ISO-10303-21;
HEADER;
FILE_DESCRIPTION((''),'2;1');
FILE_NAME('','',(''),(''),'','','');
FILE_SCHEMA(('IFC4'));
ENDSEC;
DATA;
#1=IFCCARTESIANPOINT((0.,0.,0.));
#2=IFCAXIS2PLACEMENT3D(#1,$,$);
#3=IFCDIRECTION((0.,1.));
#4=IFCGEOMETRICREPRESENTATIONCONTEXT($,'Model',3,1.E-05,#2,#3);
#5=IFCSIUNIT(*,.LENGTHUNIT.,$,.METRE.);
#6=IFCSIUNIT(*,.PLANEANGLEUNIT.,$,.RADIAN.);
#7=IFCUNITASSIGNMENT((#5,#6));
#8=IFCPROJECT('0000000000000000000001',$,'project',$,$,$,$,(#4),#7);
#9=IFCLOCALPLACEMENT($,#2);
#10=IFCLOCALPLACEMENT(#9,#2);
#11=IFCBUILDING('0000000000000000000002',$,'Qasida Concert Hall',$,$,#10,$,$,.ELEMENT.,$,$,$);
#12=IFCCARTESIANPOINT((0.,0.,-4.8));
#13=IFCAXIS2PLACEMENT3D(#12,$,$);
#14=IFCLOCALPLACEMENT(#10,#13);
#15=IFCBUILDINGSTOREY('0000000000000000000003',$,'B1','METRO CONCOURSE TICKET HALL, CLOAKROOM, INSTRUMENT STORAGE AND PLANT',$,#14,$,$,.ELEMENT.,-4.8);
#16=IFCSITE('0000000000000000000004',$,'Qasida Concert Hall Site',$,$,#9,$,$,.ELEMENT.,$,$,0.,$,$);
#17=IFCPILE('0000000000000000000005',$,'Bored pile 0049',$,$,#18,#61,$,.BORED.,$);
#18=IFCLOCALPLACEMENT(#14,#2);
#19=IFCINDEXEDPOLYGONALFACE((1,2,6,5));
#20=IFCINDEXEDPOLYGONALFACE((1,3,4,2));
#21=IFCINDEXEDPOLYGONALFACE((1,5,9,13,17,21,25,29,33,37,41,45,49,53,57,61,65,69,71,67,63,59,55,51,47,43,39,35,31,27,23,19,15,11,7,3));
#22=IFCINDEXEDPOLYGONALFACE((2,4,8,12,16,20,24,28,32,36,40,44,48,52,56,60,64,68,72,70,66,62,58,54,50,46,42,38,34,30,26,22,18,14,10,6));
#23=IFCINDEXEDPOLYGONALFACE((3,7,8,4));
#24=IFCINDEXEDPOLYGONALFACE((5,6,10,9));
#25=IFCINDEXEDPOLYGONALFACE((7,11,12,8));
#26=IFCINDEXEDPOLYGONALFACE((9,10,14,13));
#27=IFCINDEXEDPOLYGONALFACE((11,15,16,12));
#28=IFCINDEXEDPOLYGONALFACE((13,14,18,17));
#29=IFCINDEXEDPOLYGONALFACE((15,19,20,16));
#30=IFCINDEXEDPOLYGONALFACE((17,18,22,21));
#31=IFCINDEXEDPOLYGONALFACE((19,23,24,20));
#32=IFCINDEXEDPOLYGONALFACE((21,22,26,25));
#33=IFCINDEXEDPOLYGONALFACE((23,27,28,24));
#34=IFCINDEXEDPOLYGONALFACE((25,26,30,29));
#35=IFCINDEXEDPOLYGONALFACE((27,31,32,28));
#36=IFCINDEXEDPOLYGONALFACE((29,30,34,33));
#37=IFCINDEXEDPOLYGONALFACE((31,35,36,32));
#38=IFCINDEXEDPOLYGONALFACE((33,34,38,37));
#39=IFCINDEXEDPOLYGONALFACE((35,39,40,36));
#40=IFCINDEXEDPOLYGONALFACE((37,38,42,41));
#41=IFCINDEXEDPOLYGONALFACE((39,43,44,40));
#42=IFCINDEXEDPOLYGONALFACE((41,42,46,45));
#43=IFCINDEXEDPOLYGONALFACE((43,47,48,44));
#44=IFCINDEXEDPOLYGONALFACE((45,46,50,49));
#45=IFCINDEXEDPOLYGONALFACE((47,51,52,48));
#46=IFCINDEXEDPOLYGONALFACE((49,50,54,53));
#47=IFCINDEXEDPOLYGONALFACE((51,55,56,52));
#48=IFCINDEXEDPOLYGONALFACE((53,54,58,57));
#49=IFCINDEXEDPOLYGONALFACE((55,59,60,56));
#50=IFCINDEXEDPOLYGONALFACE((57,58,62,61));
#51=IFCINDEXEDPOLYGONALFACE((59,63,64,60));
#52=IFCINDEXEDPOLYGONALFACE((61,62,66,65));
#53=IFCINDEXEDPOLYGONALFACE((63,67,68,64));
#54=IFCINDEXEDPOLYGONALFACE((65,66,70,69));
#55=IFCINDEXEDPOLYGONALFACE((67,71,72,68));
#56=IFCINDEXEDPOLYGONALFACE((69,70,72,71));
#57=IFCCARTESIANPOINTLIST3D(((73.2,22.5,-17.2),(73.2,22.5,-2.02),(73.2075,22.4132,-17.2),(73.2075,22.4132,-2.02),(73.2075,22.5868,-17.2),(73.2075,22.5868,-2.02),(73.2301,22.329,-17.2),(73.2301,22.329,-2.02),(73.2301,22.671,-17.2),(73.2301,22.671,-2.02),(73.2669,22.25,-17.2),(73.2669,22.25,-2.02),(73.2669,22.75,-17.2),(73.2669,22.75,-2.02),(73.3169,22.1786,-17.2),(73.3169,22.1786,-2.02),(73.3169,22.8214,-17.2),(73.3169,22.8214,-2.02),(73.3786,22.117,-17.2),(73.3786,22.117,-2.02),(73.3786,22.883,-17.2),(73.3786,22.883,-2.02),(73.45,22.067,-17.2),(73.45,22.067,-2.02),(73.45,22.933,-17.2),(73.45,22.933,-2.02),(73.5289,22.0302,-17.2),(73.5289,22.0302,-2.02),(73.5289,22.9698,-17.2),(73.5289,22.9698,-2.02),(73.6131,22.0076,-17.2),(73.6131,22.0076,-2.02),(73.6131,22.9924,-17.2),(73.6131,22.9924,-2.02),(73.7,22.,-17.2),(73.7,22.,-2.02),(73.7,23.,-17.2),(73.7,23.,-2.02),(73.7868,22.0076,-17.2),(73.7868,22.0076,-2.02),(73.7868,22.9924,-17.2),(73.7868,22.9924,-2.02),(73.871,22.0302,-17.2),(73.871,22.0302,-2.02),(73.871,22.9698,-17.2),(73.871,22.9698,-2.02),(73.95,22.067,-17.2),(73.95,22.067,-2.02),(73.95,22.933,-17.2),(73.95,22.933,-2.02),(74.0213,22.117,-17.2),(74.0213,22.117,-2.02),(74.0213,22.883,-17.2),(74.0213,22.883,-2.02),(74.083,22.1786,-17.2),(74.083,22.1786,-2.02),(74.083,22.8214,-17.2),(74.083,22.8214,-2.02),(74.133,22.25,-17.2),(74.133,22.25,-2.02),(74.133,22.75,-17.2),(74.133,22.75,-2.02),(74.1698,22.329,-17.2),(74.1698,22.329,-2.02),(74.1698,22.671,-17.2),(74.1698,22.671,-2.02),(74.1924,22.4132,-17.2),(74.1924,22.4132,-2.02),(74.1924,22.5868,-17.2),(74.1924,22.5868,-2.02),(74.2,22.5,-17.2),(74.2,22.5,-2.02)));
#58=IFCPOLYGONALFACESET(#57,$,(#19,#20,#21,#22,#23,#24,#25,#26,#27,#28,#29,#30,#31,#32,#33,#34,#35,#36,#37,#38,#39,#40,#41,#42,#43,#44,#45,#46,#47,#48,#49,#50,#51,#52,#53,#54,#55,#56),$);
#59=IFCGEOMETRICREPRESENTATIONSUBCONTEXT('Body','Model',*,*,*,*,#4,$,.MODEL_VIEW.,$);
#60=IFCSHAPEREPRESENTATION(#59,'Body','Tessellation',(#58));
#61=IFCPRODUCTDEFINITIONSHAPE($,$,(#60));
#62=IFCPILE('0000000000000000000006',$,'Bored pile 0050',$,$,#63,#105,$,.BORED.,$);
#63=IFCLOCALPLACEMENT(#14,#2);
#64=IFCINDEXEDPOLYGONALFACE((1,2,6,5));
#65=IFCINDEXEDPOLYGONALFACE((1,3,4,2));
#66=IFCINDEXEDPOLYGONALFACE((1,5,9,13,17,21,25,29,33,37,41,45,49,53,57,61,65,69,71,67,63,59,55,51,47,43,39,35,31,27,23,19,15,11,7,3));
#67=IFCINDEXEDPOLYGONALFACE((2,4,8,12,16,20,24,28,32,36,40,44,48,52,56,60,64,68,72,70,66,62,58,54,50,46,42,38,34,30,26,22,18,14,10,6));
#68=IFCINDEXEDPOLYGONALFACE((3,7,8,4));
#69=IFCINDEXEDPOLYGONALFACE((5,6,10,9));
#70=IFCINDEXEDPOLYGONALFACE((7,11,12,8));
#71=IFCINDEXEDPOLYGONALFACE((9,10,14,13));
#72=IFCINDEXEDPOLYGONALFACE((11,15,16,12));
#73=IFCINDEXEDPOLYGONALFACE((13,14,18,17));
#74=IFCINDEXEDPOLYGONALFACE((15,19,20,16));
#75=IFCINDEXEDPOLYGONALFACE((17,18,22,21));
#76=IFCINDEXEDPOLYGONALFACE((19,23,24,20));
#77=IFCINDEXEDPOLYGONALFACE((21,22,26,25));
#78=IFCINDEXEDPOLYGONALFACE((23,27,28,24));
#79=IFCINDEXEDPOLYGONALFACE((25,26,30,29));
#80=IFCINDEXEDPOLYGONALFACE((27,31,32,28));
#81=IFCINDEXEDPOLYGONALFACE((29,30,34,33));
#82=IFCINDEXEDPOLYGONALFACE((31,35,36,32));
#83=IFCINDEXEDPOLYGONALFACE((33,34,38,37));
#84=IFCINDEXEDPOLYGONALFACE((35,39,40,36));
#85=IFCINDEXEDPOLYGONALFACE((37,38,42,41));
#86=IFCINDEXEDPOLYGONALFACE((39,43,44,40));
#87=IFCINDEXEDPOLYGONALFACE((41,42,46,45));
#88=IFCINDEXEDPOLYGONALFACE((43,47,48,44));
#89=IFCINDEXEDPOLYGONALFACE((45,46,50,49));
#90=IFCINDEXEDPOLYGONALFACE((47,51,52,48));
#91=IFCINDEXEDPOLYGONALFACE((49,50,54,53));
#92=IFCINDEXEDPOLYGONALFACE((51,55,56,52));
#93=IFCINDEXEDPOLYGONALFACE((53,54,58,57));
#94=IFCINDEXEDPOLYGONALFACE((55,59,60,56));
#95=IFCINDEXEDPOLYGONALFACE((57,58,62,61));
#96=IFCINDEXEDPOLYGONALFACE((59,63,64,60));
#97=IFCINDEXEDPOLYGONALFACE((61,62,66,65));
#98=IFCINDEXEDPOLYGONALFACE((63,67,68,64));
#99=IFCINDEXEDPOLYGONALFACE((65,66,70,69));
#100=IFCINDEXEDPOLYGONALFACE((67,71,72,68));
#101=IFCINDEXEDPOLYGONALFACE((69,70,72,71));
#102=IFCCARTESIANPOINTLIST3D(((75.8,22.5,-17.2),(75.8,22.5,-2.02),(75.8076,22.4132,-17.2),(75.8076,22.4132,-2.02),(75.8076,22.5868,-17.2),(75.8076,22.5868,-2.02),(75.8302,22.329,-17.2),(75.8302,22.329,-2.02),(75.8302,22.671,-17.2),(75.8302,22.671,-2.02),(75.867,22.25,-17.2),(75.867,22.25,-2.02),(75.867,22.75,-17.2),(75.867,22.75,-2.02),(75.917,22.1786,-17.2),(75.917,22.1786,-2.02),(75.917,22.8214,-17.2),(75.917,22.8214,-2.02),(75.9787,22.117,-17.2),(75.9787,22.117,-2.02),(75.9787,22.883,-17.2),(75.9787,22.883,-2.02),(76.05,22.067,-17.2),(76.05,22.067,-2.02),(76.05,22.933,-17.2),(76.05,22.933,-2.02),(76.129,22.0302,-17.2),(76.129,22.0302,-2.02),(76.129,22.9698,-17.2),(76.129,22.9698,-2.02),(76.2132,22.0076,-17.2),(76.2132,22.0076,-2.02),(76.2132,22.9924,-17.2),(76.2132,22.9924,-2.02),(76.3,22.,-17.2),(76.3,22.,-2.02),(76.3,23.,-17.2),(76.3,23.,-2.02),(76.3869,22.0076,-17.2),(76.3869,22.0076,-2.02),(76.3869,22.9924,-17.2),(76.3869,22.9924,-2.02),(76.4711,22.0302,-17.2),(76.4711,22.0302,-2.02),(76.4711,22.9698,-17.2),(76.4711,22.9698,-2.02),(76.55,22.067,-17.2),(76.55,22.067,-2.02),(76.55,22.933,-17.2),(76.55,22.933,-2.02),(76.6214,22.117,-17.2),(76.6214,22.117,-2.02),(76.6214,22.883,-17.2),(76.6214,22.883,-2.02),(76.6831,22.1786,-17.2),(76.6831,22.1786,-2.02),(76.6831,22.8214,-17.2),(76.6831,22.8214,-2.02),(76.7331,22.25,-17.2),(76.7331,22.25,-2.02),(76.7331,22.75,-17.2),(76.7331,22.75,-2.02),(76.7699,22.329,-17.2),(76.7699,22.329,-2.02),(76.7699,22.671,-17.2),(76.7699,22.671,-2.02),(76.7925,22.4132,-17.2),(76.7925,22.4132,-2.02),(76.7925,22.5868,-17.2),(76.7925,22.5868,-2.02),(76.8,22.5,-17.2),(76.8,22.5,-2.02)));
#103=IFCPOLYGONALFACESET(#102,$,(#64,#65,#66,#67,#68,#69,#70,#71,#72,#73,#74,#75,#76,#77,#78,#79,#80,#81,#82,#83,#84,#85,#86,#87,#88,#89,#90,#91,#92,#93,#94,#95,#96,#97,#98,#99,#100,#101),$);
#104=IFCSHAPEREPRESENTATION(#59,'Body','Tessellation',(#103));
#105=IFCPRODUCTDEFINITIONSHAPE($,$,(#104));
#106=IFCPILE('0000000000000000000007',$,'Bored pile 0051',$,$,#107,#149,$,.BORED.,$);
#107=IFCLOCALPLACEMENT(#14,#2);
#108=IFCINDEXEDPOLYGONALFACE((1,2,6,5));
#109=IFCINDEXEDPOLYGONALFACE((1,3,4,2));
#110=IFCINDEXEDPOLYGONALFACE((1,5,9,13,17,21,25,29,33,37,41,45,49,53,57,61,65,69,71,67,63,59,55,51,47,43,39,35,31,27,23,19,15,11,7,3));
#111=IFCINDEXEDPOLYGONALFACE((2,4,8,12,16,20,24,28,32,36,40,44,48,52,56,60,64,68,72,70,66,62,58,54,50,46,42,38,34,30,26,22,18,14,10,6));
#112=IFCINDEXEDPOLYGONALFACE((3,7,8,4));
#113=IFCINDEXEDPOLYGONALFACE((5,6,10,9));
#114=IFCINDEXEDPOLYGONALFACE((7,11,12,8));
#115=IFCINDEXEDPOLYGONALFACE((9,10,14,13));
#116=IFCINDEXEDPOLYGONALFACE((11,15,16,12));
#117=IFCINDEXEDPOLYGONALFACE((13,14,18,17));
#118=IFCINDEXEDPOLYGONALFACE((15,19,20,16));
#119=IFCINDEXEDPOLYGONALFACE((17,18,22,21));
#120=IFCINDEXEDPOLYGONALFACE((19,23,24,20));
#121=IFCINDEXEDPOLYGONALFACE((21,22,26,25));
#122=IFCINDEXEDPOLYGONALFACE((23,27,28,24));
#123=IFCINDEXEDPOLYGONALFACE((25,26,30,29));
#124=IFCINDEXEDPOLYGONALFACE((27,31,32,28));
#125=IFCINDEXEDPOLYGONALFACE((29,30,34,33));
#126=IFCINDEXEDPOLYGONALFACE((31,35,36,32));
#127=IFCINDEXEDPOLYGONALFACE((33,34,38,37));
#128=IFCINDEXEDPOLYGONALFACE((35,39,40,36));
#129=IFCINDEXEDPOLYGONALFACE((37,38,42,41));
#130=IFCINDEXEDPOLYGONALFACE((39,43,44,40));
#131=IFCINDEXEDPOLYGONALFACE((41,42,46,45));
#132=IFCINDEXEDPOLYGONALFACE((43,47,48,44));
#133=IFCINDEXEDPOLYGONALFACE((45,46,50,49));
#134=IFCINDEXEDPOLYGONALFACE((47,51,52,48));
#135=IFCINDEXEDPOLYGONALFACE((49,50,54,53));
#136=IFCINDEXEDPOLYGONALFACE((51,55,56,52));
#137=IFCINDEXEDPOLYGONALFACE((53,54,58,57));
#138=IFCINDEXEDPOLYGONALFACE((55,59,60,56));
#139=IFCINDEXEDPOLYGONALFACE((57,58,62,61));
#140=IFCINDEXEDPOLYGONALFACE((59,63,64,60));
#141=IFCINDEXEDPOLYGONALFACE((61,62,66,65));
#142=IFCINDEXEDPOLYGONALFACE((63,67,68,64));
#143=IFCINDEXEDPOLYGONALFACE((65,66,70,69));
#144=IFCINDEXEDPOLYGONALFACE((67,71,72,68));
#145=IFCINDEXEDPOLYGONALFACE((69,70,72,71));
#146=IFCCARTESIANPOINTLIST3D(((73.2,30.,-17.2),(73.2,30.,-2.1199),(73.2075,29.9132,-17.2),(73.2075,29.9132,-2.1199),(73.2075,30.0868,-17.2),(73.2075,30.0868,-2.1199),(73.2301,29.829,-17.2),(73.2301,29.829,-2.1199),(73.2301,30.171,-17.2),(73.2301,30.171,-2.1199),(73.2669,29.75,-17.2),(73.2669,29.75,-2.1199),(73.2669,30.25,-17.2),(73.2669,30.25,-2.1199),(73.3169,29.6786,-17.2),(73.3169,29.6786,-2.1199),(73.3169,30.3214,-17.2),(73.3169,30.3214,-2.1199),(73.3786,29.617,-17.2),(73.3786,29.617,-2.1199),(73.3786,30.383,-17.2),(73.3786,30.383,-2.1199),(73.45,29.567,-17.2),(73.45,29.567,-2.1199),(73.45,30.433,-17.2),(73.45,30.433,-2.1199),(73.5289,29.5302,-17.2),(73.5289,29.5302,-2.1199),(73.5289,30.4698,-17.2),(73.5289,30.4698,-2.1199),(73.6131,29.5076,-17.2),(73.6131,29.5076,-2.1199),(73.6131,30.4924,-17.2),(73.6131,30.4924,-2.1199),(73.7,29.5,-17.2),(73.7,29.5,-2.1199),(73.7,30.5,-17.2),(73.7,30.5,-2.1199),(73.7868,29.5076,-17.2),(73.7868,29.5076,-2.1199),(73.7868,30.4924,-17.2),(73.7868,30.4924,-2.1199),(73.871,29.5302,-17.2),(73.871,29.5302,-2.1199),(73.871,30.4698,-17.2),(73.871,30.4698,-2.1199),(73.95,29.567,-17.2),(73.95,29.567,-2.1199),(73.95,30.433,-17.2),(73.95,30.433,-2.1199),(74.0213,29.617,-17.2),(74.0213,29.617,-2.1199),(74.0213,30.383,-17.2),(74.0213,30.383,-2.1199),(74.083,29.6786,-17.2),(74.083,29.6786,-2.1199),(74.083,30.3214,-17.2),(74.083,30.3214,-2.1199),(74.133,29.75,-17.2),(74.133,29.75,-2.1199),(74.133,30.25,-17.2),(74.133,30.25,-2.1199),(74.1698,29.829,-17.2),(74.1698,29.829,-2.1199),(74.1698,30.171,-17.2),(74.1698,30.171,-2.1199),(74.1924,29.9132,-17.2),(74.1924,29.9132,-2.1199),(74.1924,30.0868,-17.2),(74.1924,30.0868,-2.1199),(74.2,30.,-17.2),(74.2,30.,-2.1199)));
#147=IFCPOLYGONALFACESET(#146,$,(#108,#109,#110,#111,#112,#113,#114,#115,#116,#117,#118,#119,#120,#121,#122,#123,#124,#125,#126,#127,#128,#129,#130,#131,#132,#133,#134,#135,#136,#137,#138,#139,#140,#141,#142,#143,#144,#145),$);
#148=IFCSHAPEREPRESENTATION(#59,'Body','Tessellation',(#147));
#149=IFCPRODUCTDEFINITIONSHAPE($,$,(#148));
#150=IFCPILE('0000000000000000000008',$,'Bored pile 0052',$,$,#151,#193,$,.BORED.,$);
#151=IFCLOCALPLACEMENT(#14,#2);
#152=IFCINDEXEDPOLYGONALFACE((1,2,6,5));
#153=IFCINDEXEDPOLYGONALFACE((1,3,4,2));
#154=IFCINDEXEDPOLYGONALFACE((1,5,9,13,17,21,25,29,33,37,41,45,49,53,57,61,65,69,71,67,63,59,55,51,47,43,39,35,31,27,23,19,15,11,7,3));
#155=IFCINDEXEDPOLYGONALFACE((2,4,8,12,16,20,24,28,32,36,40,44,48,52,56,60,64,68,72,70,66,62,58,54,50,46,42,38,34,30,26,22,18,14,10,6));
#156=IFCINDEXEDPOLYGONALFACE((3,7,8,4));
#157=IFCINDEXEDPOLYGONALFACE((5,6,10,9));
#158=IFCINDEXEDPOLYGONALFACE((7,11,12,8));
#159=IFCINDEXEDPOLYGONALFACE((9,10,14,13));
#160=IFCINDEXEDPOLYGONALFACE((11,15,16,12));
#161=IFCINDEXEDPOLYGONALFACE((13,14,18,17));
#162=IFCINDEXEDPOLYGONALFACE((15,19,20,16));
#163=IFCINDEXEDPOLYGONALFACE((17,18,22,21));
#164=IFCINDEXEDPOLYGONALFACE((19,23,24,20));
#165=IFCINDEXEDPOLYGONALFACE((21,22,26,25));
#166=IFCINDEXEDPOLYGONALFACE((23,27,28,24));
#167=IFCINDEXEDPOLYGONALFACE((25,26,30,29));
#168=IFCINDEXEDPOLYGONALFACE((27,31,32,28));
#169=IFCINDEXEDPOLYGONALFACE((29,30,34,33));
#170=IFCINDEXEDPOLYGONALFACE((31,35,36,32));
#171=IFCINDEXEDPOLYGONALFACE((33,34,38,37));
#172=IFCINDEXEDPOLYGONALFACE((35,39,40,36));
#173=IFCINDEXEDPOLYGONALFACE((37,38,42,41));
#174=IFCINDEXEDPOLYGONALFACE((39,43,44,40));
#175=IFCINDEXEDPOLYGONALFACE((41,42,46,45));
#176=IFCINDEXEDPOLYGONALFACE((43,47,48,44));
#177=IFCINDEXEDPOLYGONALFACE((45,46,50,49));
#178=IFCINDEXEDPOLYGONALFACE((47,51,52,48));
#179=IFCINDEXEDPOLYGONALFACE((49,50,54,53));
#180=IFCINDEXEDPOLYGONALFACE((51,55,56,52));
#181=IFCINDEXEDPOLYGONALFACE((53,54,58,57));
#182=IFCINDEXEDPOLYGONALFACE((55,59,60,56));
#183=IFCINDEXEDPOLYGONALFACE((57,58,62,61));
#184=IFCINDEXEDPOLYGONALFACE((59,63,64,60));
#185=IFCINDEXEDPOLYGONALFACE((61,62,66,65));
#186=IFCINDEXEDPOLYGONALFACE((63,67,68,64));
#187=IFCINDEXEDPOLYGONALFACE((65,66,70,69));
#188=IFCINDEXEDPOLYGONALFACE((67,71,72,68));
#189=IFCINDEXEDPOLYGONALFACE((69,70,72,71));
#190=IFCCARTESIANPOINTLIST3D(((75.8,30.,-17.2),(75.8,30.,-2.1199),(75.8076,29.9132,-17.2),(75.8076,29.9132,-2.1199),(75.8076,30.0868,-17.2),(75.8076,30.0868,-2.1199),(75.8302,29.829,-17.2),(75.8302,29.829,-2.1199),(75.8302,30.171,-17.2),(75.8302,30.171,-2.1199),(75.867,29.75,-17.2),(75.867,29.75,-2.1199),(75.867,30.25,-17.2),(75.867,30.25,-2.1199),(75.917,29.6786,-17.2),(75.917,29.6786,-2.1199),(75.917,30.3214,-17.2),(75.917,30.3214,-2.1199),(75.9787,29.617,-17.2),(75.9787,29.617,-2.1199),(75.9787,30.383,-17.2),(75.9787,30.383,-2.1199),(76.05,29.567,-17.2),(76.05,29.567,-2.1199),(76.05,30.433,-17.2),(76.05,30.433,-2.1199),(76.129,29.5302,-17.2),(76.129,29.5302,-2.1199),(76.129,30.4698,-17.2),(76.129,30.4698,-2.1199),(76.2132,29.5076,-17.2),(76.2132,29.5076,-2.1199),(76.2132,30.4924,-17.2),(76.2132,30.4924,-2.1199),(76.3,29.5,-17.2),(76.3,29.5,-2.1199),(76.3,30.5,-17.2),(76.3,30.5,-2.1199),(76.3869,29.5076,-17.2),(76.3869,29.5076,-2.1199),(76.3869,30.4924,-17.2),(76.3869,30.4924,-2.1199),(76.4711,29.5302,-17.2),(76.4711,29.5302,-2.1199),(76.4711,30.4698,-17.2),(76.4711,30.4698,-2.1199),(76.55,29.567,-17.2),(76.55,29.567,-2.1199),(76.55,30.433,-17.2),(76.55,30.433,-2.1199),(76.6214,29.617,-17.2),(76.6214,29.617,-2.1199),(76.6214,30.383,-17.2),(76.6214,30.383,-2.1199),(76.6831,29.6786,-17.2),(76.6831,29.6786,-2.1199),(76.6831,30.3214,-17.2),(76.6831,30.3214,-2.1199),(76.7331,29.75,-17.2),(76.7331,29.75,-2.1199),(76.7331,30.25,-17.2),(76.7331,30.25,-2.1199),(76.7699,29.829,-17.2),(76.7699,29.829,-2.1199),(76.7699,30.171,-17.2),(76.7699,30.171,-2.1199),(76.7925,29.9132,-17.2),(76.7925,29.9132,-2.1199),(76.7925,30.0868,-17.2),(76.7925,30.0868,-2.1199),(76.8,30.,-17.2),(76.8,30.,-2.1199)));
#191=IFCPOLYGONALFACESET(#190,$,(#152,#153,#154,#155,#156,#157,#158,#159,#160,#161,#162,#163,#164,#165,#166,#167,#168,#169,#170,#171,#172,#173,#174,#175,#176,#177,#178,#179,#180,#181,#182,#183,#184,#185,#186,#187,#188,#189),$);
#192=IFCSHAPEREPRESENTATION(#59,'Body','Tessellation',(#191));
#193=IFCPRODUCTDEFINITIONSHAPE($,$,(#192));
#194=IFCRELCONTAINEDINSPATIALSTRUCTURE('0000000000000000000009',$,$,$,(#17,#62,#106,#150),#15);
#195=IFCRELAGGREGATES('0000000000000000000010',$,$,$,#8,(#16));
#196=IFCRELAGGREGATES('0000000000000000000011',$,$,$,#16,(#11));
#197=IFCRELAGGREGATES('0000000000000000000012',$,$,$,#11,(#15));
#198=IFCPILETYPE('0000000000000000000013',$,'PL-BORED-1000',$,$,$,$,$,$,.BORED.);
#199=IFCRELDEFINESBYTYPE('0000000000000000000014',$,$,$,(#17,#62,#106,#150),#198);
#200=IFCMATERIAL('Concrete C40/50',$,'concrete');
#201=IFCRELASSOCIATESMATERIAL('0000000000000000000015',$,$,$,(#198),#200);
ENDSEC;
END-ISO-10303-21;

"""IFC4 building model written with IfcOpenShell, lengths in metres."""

from ifc_helpers import new_model, si_unit, direction, frame, origin, origin_2d, place, context, subcontext, project, spatial, circle, extrude, material, material_profile, profile_set, type_object, element, save


model = new_model("IFC4")

# Units and contexts
model_context = context("Model", 3, precision=1e-05, world=origin(), true_north=direction((0.0, 1.0)))
body_context = subcontext(model_context, "Body", "Model", "MODEL_VIEW")
ifc_project = project(units=[si_unit("LENGTHUNIT", "METRE"), si_unit("PLANEANGLEUNIT", "RADIAN")], contexts=[model_context])

# Site, building, storey
site_placement = place(None, origin())
site = spatial("IfcSite", under=ifc_project, at=site_placement, Name="Qasida Concert Hall Site", CompositionType="ELEMENT", RefElevation=0.0)
building_placement = place(site_placement, origin())
building = spatial("IfcBuilding", under=site, at=building_placement, Name="Qasida Concert Hall", CompositionType="ELEMENT")
storey_placement = place(building_placement, frame((0.0, 0.0, -4.8)))
storey = spatial("IfcBuildingStorey", under=building, at=storey_placement, Name="B1", Description="METRO CONCOURSE TICKET HALL, CLOAKROOM, INSTRUMENT STORAGE AND PLANT", CompositionType="ELEMENT", Elevation=-4.8)

# Shared definitions
ifc_material_1 = material(Name="Concrete C40/50", Category="concrete")

# Piles
ifc_material_profile_1 = material_profile(ifc_material_1, circle(Radius=0.5, at=origin_2d()), Name="BORED PILE D1000")
ifc_profile_set_1 = profile_set([ifc_material_profile_1], Name="Concrete C40/50")
pile_type = type_object("IfcPileType", Name="PL-BORED-1000", PredefinedType="BORED", material=ifc_profile_set_1)
for number, where, z_axis, x_axis, name in (
    (1, (73.7, 22.5, -2.02), (0.0, 0.0, -1.0), (1.0, 0.0, 0.0), "Bored pile 0049"),
    (2, (76.3, 22.5, -2.02), (0.0, 0.0, -1.0), (1.0, 0.0, 0.0), "Bored pile 0050"),
):
    element("IfcPile", number, at=place(storey_placement, frame(where, z_axis=z_axis, x_axis=x_axis)), inside=storey, type_object=pile_type, Name=name, PredefinedType="BORED", context=body_context, shape_type="SweptSolid", body=[
        extrude(circle(Radius=0.5, at=origin_2d()), origin(), (0.0, 0.0, 1.0), 15.1799),
    ])
for number, where, z_axis, x_axis, name in (
    (3, (73.7, 30.0, -2.1199), (0.0, 0.0, -1.0), (1.0, 0.0, 0.0), "Bored pile 0051"),
    (4, (76.3, 30.0, -2.1199), (0.0, 0.0, -1.0), (1.0, 0.0, 0.0), "Bored pile 0052"),
):
    element("IfcPile", number, at=place(storey_placement, frame(where, z_axis=z_axis, x_axis=x_axis)), inside=storey, type_object=pile_type, Name=name, PredefinedType="BORED", context=body_context, shape_type="SweptSolid", body=[
        extrude(circle(Radius=0.5, at=origin_2d()), origin(), (0.0, 0.0, 1.0), 15.0801),
    ])

save(model, "model.ifc")
